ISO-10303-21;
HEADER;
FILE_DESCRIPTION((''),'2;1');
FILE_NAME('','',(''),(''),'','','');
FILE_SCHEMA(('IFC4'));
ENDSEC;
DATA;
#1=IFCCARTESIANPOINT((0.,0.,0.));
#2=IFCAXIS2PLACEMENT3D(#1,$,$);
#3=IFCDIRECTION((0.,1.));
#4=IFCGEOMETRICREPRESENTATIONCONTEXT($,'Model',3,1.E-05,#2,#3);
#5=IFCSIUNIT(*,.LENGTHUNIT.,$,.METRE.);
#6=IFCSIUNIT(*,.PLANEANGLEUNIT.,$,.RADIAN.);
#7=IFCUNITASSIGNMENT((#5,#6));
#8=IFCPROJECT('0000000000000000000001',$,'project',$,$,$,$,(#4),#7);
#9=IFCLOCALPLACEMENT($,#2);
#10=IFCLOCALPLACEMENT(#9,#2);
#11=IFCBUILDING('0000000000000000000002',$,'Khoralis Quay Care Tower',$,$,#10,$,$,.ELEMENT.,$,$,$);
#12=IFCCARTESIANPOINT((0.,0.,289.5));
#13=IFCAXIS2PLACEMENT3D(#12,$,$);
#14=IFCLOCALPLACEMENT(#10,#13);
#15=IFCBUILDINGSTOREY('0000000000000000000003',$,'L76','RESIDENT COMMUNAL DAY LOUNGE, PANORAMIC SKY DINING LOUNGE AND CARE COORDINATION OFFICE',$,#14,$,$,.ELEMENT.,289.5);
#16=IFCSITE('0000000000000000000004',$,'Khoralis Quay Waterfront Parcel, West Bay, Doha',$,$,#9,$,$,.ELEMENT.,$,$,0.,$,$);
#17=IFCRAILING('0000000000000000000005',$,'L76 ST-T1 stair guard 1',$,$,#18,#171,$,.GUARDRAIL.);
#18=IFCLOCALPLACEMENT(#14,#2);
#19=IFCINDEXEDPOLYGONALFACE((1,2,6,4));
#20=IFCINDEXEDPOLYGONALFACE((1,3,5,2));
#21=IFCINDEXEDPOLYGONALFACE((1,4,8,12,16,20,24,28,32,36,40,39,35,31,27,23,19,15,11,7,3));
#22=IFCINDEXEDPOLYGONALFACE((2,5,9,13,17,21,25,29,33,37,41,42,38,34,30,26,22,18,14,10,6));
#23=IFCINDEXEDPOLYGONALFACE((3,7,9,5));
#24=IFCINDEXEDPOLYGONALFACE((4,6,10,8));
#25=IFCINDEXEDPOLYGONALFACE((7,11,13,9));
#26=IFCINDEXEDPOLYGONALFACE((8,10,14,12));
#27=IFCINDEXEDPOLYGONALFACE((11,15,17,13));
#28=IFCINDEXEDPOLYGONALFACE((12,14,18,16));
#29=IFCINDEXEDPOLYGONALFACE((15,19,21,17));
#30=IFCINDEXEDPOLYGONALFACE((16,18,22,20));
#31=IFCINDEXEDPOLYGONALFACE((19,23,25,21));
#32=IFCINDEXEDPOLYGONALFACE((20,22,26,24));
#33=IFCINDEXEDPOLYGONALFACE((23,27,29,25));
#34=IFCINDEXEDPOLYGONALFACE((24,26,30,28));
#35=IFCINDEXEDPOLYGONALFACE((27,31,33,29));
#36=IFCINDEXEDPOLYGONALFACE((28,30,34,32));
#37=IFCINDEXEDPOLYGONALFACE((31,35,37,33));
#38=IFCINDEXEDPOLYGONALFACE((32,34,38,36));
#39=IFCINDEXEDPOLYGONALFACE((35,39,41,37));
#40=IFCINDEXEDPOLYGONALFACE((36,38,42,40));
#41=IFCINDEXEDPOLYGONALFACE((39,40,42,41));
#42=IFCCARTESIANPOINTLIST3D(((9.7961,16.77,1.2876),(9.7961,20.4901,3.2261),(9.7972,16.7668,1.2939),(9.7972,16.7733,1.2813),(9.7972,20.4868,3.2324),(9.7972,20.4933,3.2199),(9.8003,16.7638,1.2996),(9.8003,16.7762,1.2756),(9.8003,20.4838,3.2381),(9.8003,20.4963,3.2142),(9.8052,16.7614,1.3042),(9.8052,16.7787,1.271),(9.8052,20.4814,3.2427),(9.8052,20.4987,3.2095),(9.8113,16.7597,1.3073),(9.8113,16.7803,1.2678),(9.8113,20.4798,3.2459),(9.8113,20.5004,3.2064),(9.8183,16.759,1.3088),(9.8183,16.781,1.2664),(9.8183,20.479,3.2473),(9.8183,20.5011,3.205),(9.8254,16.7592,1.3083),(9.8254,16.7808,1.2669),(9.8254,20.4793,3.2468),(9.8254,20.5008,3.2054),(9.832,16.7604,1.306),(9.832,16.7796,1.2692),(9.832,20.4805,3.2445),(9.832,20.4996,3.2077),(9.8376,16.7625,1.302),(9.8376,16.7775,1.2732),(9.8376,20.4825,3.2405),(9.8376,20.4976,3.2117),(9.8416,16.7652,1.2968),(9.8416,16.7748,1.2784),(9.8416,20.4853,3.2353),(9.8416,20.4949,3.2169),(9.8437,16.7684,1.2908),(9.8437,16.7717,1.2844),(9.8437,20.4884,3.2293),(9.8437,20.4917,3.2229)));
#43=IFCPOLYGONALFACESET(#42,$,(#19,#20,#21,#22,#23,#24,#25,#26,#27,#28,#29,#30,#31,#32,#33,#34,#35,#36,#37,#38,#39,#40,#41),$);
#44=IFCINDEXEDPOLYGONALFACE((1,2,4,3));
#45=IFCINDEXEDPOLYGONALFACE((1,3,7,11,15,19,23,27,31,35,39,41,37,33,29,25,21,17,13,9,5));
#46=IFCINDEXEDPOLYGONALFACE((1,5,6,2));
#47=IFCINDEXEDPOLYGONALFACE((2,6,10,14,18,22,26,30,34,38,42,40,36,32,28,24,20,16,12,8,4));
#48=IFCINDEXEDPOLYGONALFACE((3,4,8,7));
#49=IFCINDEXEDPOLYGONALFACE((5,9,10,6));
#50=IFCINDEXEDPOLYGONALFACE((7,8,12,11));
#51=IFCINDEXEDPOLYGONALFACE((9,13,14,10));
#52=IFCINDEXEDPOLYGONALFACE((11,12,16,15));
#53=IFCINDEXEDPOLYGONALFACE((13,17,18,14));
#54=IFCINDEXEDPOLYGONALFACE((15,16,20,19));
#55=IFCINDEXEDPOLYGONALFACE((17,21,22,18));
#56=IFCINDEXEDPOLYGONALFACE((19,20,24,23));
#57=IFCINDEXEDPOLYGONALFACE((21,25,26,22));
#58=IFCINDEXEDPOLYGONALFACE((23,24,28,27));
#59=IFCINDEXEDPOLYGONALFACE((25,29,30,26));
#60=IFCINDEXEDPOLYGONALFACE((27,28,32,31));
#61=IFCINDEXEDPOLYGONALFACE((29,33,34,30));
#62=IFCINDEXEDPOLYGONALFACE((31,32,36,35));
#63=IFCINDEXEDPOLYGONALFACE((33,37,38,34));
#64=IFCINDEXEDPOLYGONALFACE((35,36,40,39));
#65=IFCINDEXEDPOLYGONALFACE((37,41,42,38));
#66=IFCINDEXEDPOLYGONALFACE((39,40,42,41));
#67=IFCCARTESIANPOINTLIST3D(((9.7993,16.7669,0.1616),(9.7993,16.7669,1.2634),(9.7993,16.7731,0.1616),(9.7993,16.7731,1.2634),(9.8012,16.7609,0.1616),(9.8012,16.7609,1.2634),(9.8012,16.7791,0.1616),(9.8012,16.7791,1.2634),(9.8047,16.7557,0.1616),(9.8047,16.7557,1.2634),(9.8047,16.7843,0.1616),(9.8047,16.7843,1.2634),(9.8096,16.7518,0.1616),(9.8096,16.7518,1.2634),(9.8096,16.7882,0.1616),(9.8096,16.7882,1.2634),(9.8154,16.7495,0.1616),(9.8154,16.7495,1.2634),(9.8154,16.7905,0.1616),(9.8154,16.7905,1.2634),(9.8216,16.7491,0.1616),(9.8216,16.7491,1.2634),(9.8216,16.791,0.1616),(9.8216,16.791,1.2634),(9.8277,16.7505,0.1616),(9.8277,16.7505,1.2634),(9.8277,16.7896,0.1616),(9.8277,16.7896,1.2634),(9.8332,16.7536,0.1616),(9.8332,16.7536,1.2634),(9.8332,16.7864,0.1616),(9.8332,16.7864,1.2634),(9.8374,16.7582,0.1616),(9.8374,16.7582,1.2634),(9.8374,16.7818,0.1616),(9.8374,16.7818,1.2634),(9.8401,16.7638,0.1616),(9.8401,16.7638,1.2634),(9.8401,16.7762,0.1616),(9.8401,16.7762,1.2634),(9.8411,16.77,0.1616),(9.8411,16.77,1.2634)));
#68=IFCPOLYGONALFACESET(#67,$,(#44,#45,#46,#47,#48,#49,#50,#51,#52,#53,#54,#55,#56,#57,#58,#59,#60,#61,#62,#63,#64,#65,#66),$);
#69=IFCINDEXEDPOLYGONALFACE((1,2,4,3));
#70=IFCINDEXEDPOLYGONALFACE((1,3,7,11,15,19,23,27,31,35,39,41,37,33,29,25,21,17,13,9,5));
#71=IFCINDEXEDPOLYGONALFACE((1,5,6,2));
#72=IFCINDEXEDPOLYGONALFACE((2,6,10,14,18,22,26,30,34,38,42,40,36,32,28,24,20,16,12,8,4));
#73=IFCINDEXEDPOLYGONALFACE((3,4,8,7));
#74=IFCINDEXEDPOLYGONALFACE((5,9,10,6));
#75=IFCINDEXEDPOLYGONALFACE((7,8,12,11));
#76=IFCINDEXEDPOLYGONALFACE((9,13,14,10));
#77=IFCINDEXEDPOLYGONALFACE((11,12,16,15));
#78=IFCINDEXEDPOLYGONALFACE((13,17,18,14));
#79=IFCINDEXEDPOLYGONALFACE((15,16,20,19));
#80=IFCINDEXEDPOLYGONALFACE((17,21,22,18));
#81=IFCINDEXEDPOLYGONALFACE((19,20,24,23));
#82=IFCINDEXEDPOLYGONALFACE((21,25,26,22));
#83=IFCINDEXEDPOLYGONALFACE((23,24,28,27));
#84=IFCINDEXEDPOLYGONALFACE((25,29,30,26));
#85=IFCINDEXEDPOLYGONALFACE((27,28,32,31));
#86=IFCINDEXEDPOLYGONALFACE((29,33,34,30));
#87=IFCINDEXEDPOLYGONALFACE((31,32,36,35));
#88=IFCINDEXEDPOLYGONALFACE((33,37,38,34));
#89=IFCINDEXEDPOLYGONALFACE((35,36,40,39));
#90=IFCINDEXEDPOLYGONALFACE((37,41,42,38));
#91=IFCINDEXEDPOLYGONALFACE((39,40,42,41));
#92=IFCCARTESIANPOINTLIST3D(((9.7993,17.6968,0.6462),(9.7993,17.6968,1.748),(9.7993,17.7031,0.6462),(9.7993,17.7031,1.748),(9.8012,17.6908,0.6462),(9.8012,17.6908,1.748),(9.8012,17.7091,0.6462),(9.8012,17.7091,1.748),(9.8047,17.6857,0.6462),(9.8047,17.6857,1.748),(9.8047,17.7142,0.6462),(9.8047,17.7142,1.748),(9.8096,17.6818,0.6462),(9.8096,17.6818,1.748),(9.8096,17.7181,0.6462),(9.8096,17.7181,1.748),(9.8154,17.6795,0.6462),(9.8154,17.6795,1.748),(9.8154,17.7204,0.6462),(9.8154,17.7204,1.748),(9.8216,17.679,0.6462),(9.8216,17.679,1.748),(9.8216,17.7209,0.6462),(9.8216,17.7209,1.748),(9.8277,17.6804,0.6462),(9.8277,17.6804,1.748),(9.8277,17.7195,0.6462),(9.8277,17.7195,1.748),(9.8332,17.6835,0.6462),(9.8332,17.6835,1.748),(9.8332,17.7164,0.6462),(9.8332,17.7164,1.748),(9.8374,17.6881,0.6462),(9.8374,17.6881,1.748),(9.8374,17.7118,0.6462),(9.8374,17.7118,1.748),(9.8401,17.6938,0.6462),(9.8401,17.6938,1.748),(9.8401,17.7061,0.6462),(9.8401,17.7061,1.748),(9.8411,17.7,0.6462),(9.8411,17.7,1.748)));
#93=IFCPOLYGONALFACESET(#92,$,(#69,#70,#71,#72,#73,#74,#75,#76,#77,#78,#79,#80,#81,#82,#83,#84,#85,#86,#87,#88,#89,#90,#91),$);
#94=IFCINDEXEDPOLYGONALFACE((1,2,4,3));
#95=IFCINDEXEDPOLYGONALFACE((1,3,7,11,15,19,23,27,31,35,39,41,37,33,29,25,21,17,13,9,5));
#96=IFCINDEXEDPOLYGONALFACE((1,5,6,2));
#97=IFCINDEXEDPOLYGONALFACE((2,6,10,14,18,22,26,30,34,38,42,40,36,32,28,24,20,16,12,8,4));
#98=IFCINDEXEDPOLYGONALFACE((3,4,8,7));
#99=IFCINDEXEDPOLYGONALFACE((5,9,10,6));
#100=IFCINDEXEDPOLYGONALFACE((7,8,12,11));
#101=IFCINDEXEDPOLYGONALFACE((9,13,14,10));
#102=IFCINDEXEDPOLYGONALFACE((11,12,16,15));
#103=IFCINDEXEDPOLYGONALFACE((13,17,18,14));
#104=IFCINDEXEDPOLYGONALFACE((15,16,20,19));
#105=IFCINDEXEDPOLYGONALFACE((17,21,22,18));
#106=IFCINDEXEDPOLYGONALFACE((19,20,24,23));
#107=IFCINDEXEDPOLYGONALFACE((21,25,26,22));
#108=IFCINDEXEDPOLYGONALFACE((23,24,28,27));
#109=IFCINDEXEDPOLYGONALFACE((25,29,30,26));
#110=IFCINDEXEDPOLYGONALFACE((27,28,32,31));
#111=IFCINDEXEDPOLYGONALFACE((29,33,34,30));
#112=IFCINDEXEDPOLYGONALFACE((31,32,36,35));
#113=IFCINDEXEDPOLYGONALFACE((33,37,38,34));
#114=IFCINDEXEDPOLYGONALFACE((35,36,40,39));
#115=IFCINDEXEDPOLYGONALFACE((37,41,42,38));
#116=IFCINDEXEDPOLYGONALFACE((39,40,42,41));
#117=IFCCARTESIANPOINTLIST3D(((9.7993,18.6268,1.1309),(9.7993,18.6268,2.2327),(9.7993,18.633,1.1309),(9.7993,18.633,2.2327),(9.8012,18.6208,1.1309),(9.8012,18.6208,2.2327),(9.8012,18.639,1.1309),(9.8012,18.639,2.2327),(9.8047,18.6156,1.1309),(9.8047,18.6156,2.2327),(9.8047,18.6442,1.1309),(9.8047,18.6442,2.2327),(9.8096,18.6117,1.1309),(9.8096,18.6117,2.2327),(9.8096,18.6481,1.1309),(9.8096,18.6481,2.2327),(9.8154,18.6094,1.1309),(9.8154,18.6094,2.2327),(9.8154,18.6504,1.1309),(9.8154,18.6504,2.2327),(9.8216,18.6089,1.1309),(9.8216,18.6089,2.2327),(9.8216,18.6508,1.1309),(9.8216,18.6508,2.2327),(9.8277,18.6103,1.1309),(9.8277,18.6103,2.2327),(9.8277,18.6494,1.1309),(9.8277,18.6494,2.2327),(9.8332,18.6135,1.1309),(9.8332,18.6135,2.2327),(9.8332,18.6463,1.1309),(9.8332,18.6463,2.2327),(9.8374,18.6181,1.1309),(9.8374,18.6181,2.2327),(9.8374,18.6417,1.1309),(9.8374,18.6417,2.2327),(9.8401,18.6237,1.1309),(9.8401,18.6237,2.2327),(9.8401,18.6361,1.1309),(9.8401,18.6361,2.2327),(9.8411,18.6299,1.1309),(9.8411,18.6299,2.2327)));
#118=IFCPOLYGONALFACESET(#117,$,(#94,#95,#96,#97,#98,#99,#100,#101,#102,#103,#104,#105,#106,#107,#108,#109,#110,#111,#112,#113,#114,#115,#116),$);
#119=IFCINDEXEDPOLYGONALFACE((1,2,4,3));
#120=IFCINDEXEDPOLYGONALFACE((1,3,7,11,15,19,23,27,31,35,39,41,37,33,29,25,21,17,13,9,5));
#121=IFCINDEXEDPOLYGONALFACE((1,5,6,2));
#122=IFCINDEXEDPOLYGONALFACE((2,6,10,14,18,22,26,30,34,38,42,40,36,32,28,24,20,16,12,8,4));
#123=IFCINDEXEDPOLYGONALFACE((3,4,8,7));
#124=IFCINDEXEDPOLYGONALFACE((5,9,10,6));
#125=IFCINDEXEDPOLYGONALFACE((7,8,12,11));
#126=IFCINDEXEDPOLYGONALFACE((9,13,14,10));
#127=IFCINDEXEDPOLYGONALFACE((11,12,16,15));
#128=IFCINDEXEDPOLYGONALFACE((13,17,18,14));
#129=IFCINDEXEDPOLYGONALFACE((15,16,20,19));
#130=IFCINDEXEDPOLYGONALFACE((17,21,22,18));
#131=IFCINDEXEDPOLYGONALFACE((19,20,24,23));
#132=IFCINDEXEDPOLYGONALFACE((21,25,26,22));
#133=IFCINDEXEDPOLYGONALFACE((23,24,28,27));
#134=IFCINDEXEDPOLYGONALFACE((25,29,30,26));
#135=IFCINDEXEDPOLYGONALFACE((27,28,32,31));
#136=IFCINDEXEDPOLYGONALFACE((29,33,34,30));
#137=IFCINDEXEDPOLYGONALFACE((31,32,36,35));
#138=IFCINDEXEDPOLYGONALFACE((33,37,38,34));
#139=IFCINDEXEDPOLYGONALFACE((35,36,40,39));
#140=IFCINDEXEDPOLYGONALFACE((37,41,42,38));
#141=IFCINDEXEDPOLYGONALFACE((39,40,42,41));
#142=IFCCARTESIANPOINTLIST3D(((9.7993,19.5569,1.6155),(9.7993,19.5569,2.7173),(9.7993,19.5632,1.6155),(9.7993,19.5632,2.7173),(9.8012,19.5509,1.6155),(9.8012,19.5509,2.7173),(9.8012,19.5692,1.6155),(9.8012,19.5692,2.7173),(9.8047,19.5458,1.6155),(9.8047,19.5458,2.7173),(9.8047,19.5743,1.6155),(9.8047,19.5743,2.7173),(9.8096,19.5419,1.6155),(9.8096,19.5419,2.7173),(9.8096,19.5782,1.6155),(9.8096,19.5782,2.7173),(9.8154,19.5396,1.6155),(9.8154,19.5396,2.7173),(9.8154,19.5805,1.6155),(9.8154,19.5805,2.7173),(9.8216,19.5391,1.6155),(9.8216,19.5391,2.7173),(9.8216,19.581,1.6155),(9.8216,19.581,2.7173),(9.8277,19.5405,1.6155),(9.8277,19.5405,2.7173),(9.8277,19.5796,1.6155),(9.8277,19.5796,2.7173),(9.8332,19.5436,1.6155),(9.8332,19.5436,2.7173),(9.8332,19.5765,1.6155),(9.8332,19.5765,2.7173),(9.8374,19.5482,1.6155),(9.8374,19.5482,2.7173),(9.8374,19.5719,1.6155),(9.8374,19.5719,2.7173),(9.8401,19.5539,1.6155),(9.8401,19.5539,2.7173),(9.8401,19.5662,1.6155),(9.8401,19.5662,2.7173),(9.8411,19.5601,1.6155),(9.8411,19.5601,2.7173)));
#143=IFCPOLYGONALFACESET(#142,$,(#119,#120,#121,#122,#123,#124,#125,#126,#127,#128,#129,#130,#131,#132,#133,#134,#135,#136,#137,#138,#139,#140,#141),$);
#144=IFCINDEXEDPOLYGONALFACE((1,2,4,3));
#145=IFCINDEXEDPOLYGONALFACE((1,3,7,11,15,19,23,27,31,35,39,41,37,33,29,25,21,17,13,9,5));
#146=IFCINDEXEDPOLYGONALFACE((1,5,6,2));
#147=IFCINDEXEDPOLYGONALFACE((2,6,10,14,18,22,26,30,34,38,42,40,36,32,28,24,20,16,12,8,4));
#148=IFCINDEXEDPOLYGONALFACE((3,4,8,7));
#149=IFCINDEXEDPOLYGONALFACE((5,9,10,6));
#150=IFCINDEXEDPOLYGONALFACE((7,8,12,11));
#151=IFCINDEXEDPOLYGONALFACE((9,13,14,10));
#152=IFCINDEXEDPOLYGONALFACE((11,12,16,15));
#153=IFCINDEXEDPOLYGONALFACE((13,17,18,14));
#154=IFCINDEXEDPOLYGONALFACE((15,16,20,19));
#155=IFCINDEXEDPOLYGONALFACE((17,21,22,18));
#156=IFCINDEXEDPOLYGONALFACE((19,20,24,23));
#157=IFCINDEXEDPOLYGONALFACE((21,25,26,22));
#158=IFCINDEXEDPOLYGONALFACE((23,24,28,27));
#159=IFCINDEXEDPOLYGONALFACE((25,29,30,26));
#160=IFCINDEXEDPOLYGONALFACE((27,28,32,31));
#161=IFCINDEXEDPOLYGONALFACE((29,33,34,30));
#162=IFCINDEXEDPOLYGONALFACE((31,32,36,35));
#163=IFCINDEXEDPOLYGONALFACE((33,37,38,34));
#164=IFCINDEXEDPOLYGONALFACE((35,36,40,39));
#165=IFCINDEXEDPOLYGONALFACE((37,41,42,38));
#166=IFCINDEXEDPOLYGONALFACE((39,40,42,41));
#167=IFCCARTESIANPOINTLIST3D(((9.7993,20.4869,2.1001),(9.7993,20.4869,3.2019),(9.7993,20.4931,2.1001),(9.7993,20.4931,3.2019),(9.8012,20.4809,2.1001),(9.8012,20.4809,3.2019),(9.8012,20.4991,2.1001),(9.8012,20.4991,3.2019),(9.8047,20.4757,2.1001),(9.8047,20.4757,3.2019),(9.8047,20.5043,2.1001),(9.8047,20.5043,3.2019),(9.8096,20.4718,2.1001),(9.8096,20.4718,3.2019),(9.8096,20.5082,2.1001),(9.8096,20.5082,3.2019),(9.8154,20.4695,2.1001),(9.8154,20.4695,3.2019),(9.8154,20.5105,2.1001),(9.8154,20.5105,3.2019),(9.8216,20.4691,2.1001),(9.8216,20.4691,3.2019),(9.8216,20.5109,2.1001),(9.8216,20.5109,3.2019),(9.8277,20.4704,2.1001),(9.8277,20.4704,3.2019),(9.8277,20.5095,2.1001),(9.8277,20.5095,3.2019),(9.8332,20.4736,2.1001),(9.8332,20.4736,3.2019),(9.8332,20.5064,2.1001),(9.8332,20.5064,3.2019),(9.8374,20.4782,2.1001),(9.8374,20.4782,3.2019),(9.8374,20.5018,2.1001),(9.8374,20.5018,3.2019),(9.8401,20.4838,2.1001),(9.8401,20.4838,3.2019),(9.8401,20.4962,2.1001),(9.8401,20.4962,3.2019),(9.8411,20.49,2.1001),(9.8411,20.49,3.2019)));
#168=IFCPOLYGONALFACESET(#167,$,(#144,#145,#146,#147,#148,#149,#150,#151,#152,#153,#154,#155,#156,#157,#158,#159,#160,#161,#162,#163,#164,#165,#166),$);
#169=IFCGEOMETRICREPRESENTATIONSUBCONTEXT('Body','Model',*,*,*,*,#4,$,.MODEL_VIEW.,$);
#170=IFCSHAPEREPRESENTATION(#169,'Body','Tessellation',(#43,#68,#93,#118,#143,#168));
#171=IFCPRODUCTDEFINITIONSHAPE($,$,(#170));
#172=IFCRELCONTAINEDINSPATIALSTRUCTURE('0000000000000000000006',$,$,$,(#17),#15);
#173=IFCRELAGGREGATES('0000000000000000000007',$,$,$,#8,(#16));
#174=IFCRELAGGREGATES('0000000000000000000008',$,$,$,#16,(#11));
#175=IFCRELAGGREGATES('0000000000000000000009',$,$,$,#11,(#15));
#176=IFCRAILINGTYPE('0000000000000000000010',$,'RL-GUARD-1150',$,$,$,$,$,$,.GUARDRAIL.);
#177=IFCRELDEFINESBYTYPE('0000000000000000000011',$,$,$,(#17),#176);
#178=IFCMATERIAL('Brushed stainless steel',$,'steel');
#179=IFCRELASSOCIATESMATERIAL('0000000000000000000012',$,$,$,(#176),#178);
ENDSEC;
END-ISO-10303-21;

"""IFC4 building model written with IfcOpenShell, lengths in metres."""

from ifc_helpers import new_model, si_unit, direction, frame, origin, origin_2d, place, context, subcontext, project, spatial, circle, extrude, material, type_object, element, save


model = new_model("IFC4")

# Units and contexts
model_context = context("Model", 3, precision=1e-05, world=origin(), true_north=direction((0.0, 1.0)))
body_context = subcontext(model_context, "Body", "Model", "MODEL_VIEW")
ifc_project = project(units=[si_unit("LENGTHUNIT", "METRE"), si_unit("PLANEANGLEUNIT", "RADIAN")], contexts=[model_context])

# Site, building, storey
site_placement = place(None, origin())
site = spatial("IfcSite", under=ifc_project, at=site_placement, Name="Khoralis Quay Waterfront Parcel, West Bay, Doha", CompositionType="ELEMENT", RefElevation=0.0)
building_placement = place(site_placement, origin())
building = spatial("IfcBuilding", under=site, at=building_placement, Name="Khoralis Quay Care Tower", CompositionType="ELEMENT")
storey_placement = place(building_placement, frame((0.0, 0.0, 289.5)))
storey = spatial("IfcBuildingStorey", under=building, at=storey_placement, Name="L76", Description="RESIDENT COMMUNAL DAY LOUNGE, PANORAMIC SKY DINING LOUNGE AND CARE COORDINATION OFFICE", CompositionType="ELEMENT", Elevation=289.5)

# Shared definitions
ifc_material_1 = material(Name="Brushed stainless steel", Category="steel")

# Railing
railing_type_1 = type_object("IfcRailingType", Name="RL-GUARD-1150", PredefinedType="GUARDRAIL", material=ifc_material_1)
railing_1_placement = place(storey_placement, frame((9.8201, 16.77, 0.1616)))
element("IfcRailing", 1, at=railing_1_placement, inside=storey, type_object=railing_type_1, Name="L76 ST-T1 stair guard 1", PredefinedType="GUARDRAIL", context=body_context, shape_type="SweptSolid", body=[
    extrude(circle(Radius=0.0239, at=origin_2d()), frame((0.0, 0.0, 1.126), z_axis=(0.0, 0.886817, 0.46212), x_axis=(-1.0, 0.0, 0.0)), (0.0, 0.0, 1.0), 4.1948),
    extrude(circle(Radius=0.021, at=origin_2d()), origin(), (0.0, 0.0, 1.0), 1.1018),
    extrude(circle(Radius=0.021, at=origin_2d()), frame((0.0, 0.9299, 0.4846)), (0.0, 0.0, 1.0), 1.1018),
    extrude(circle(Radius=0.021, at=origin_2d()), frame((0.0, 1.8599, 0.9692)), (0.0, 0.0, 1.0), 1.1018),
    extrude(circle(Radius=0.021, at=origin_2d()), frame((0.0, 2.79, 1.4539)), (0.0, 0.0, 1.0), 1.1018),
    extrude(circle(Radius=0.021, at=origin_2d()), frame((0.0, 3.72, 1.9385)), (0.0, 0.0, 1.0), 1.1018),
])

save(model, "model.ifc")
